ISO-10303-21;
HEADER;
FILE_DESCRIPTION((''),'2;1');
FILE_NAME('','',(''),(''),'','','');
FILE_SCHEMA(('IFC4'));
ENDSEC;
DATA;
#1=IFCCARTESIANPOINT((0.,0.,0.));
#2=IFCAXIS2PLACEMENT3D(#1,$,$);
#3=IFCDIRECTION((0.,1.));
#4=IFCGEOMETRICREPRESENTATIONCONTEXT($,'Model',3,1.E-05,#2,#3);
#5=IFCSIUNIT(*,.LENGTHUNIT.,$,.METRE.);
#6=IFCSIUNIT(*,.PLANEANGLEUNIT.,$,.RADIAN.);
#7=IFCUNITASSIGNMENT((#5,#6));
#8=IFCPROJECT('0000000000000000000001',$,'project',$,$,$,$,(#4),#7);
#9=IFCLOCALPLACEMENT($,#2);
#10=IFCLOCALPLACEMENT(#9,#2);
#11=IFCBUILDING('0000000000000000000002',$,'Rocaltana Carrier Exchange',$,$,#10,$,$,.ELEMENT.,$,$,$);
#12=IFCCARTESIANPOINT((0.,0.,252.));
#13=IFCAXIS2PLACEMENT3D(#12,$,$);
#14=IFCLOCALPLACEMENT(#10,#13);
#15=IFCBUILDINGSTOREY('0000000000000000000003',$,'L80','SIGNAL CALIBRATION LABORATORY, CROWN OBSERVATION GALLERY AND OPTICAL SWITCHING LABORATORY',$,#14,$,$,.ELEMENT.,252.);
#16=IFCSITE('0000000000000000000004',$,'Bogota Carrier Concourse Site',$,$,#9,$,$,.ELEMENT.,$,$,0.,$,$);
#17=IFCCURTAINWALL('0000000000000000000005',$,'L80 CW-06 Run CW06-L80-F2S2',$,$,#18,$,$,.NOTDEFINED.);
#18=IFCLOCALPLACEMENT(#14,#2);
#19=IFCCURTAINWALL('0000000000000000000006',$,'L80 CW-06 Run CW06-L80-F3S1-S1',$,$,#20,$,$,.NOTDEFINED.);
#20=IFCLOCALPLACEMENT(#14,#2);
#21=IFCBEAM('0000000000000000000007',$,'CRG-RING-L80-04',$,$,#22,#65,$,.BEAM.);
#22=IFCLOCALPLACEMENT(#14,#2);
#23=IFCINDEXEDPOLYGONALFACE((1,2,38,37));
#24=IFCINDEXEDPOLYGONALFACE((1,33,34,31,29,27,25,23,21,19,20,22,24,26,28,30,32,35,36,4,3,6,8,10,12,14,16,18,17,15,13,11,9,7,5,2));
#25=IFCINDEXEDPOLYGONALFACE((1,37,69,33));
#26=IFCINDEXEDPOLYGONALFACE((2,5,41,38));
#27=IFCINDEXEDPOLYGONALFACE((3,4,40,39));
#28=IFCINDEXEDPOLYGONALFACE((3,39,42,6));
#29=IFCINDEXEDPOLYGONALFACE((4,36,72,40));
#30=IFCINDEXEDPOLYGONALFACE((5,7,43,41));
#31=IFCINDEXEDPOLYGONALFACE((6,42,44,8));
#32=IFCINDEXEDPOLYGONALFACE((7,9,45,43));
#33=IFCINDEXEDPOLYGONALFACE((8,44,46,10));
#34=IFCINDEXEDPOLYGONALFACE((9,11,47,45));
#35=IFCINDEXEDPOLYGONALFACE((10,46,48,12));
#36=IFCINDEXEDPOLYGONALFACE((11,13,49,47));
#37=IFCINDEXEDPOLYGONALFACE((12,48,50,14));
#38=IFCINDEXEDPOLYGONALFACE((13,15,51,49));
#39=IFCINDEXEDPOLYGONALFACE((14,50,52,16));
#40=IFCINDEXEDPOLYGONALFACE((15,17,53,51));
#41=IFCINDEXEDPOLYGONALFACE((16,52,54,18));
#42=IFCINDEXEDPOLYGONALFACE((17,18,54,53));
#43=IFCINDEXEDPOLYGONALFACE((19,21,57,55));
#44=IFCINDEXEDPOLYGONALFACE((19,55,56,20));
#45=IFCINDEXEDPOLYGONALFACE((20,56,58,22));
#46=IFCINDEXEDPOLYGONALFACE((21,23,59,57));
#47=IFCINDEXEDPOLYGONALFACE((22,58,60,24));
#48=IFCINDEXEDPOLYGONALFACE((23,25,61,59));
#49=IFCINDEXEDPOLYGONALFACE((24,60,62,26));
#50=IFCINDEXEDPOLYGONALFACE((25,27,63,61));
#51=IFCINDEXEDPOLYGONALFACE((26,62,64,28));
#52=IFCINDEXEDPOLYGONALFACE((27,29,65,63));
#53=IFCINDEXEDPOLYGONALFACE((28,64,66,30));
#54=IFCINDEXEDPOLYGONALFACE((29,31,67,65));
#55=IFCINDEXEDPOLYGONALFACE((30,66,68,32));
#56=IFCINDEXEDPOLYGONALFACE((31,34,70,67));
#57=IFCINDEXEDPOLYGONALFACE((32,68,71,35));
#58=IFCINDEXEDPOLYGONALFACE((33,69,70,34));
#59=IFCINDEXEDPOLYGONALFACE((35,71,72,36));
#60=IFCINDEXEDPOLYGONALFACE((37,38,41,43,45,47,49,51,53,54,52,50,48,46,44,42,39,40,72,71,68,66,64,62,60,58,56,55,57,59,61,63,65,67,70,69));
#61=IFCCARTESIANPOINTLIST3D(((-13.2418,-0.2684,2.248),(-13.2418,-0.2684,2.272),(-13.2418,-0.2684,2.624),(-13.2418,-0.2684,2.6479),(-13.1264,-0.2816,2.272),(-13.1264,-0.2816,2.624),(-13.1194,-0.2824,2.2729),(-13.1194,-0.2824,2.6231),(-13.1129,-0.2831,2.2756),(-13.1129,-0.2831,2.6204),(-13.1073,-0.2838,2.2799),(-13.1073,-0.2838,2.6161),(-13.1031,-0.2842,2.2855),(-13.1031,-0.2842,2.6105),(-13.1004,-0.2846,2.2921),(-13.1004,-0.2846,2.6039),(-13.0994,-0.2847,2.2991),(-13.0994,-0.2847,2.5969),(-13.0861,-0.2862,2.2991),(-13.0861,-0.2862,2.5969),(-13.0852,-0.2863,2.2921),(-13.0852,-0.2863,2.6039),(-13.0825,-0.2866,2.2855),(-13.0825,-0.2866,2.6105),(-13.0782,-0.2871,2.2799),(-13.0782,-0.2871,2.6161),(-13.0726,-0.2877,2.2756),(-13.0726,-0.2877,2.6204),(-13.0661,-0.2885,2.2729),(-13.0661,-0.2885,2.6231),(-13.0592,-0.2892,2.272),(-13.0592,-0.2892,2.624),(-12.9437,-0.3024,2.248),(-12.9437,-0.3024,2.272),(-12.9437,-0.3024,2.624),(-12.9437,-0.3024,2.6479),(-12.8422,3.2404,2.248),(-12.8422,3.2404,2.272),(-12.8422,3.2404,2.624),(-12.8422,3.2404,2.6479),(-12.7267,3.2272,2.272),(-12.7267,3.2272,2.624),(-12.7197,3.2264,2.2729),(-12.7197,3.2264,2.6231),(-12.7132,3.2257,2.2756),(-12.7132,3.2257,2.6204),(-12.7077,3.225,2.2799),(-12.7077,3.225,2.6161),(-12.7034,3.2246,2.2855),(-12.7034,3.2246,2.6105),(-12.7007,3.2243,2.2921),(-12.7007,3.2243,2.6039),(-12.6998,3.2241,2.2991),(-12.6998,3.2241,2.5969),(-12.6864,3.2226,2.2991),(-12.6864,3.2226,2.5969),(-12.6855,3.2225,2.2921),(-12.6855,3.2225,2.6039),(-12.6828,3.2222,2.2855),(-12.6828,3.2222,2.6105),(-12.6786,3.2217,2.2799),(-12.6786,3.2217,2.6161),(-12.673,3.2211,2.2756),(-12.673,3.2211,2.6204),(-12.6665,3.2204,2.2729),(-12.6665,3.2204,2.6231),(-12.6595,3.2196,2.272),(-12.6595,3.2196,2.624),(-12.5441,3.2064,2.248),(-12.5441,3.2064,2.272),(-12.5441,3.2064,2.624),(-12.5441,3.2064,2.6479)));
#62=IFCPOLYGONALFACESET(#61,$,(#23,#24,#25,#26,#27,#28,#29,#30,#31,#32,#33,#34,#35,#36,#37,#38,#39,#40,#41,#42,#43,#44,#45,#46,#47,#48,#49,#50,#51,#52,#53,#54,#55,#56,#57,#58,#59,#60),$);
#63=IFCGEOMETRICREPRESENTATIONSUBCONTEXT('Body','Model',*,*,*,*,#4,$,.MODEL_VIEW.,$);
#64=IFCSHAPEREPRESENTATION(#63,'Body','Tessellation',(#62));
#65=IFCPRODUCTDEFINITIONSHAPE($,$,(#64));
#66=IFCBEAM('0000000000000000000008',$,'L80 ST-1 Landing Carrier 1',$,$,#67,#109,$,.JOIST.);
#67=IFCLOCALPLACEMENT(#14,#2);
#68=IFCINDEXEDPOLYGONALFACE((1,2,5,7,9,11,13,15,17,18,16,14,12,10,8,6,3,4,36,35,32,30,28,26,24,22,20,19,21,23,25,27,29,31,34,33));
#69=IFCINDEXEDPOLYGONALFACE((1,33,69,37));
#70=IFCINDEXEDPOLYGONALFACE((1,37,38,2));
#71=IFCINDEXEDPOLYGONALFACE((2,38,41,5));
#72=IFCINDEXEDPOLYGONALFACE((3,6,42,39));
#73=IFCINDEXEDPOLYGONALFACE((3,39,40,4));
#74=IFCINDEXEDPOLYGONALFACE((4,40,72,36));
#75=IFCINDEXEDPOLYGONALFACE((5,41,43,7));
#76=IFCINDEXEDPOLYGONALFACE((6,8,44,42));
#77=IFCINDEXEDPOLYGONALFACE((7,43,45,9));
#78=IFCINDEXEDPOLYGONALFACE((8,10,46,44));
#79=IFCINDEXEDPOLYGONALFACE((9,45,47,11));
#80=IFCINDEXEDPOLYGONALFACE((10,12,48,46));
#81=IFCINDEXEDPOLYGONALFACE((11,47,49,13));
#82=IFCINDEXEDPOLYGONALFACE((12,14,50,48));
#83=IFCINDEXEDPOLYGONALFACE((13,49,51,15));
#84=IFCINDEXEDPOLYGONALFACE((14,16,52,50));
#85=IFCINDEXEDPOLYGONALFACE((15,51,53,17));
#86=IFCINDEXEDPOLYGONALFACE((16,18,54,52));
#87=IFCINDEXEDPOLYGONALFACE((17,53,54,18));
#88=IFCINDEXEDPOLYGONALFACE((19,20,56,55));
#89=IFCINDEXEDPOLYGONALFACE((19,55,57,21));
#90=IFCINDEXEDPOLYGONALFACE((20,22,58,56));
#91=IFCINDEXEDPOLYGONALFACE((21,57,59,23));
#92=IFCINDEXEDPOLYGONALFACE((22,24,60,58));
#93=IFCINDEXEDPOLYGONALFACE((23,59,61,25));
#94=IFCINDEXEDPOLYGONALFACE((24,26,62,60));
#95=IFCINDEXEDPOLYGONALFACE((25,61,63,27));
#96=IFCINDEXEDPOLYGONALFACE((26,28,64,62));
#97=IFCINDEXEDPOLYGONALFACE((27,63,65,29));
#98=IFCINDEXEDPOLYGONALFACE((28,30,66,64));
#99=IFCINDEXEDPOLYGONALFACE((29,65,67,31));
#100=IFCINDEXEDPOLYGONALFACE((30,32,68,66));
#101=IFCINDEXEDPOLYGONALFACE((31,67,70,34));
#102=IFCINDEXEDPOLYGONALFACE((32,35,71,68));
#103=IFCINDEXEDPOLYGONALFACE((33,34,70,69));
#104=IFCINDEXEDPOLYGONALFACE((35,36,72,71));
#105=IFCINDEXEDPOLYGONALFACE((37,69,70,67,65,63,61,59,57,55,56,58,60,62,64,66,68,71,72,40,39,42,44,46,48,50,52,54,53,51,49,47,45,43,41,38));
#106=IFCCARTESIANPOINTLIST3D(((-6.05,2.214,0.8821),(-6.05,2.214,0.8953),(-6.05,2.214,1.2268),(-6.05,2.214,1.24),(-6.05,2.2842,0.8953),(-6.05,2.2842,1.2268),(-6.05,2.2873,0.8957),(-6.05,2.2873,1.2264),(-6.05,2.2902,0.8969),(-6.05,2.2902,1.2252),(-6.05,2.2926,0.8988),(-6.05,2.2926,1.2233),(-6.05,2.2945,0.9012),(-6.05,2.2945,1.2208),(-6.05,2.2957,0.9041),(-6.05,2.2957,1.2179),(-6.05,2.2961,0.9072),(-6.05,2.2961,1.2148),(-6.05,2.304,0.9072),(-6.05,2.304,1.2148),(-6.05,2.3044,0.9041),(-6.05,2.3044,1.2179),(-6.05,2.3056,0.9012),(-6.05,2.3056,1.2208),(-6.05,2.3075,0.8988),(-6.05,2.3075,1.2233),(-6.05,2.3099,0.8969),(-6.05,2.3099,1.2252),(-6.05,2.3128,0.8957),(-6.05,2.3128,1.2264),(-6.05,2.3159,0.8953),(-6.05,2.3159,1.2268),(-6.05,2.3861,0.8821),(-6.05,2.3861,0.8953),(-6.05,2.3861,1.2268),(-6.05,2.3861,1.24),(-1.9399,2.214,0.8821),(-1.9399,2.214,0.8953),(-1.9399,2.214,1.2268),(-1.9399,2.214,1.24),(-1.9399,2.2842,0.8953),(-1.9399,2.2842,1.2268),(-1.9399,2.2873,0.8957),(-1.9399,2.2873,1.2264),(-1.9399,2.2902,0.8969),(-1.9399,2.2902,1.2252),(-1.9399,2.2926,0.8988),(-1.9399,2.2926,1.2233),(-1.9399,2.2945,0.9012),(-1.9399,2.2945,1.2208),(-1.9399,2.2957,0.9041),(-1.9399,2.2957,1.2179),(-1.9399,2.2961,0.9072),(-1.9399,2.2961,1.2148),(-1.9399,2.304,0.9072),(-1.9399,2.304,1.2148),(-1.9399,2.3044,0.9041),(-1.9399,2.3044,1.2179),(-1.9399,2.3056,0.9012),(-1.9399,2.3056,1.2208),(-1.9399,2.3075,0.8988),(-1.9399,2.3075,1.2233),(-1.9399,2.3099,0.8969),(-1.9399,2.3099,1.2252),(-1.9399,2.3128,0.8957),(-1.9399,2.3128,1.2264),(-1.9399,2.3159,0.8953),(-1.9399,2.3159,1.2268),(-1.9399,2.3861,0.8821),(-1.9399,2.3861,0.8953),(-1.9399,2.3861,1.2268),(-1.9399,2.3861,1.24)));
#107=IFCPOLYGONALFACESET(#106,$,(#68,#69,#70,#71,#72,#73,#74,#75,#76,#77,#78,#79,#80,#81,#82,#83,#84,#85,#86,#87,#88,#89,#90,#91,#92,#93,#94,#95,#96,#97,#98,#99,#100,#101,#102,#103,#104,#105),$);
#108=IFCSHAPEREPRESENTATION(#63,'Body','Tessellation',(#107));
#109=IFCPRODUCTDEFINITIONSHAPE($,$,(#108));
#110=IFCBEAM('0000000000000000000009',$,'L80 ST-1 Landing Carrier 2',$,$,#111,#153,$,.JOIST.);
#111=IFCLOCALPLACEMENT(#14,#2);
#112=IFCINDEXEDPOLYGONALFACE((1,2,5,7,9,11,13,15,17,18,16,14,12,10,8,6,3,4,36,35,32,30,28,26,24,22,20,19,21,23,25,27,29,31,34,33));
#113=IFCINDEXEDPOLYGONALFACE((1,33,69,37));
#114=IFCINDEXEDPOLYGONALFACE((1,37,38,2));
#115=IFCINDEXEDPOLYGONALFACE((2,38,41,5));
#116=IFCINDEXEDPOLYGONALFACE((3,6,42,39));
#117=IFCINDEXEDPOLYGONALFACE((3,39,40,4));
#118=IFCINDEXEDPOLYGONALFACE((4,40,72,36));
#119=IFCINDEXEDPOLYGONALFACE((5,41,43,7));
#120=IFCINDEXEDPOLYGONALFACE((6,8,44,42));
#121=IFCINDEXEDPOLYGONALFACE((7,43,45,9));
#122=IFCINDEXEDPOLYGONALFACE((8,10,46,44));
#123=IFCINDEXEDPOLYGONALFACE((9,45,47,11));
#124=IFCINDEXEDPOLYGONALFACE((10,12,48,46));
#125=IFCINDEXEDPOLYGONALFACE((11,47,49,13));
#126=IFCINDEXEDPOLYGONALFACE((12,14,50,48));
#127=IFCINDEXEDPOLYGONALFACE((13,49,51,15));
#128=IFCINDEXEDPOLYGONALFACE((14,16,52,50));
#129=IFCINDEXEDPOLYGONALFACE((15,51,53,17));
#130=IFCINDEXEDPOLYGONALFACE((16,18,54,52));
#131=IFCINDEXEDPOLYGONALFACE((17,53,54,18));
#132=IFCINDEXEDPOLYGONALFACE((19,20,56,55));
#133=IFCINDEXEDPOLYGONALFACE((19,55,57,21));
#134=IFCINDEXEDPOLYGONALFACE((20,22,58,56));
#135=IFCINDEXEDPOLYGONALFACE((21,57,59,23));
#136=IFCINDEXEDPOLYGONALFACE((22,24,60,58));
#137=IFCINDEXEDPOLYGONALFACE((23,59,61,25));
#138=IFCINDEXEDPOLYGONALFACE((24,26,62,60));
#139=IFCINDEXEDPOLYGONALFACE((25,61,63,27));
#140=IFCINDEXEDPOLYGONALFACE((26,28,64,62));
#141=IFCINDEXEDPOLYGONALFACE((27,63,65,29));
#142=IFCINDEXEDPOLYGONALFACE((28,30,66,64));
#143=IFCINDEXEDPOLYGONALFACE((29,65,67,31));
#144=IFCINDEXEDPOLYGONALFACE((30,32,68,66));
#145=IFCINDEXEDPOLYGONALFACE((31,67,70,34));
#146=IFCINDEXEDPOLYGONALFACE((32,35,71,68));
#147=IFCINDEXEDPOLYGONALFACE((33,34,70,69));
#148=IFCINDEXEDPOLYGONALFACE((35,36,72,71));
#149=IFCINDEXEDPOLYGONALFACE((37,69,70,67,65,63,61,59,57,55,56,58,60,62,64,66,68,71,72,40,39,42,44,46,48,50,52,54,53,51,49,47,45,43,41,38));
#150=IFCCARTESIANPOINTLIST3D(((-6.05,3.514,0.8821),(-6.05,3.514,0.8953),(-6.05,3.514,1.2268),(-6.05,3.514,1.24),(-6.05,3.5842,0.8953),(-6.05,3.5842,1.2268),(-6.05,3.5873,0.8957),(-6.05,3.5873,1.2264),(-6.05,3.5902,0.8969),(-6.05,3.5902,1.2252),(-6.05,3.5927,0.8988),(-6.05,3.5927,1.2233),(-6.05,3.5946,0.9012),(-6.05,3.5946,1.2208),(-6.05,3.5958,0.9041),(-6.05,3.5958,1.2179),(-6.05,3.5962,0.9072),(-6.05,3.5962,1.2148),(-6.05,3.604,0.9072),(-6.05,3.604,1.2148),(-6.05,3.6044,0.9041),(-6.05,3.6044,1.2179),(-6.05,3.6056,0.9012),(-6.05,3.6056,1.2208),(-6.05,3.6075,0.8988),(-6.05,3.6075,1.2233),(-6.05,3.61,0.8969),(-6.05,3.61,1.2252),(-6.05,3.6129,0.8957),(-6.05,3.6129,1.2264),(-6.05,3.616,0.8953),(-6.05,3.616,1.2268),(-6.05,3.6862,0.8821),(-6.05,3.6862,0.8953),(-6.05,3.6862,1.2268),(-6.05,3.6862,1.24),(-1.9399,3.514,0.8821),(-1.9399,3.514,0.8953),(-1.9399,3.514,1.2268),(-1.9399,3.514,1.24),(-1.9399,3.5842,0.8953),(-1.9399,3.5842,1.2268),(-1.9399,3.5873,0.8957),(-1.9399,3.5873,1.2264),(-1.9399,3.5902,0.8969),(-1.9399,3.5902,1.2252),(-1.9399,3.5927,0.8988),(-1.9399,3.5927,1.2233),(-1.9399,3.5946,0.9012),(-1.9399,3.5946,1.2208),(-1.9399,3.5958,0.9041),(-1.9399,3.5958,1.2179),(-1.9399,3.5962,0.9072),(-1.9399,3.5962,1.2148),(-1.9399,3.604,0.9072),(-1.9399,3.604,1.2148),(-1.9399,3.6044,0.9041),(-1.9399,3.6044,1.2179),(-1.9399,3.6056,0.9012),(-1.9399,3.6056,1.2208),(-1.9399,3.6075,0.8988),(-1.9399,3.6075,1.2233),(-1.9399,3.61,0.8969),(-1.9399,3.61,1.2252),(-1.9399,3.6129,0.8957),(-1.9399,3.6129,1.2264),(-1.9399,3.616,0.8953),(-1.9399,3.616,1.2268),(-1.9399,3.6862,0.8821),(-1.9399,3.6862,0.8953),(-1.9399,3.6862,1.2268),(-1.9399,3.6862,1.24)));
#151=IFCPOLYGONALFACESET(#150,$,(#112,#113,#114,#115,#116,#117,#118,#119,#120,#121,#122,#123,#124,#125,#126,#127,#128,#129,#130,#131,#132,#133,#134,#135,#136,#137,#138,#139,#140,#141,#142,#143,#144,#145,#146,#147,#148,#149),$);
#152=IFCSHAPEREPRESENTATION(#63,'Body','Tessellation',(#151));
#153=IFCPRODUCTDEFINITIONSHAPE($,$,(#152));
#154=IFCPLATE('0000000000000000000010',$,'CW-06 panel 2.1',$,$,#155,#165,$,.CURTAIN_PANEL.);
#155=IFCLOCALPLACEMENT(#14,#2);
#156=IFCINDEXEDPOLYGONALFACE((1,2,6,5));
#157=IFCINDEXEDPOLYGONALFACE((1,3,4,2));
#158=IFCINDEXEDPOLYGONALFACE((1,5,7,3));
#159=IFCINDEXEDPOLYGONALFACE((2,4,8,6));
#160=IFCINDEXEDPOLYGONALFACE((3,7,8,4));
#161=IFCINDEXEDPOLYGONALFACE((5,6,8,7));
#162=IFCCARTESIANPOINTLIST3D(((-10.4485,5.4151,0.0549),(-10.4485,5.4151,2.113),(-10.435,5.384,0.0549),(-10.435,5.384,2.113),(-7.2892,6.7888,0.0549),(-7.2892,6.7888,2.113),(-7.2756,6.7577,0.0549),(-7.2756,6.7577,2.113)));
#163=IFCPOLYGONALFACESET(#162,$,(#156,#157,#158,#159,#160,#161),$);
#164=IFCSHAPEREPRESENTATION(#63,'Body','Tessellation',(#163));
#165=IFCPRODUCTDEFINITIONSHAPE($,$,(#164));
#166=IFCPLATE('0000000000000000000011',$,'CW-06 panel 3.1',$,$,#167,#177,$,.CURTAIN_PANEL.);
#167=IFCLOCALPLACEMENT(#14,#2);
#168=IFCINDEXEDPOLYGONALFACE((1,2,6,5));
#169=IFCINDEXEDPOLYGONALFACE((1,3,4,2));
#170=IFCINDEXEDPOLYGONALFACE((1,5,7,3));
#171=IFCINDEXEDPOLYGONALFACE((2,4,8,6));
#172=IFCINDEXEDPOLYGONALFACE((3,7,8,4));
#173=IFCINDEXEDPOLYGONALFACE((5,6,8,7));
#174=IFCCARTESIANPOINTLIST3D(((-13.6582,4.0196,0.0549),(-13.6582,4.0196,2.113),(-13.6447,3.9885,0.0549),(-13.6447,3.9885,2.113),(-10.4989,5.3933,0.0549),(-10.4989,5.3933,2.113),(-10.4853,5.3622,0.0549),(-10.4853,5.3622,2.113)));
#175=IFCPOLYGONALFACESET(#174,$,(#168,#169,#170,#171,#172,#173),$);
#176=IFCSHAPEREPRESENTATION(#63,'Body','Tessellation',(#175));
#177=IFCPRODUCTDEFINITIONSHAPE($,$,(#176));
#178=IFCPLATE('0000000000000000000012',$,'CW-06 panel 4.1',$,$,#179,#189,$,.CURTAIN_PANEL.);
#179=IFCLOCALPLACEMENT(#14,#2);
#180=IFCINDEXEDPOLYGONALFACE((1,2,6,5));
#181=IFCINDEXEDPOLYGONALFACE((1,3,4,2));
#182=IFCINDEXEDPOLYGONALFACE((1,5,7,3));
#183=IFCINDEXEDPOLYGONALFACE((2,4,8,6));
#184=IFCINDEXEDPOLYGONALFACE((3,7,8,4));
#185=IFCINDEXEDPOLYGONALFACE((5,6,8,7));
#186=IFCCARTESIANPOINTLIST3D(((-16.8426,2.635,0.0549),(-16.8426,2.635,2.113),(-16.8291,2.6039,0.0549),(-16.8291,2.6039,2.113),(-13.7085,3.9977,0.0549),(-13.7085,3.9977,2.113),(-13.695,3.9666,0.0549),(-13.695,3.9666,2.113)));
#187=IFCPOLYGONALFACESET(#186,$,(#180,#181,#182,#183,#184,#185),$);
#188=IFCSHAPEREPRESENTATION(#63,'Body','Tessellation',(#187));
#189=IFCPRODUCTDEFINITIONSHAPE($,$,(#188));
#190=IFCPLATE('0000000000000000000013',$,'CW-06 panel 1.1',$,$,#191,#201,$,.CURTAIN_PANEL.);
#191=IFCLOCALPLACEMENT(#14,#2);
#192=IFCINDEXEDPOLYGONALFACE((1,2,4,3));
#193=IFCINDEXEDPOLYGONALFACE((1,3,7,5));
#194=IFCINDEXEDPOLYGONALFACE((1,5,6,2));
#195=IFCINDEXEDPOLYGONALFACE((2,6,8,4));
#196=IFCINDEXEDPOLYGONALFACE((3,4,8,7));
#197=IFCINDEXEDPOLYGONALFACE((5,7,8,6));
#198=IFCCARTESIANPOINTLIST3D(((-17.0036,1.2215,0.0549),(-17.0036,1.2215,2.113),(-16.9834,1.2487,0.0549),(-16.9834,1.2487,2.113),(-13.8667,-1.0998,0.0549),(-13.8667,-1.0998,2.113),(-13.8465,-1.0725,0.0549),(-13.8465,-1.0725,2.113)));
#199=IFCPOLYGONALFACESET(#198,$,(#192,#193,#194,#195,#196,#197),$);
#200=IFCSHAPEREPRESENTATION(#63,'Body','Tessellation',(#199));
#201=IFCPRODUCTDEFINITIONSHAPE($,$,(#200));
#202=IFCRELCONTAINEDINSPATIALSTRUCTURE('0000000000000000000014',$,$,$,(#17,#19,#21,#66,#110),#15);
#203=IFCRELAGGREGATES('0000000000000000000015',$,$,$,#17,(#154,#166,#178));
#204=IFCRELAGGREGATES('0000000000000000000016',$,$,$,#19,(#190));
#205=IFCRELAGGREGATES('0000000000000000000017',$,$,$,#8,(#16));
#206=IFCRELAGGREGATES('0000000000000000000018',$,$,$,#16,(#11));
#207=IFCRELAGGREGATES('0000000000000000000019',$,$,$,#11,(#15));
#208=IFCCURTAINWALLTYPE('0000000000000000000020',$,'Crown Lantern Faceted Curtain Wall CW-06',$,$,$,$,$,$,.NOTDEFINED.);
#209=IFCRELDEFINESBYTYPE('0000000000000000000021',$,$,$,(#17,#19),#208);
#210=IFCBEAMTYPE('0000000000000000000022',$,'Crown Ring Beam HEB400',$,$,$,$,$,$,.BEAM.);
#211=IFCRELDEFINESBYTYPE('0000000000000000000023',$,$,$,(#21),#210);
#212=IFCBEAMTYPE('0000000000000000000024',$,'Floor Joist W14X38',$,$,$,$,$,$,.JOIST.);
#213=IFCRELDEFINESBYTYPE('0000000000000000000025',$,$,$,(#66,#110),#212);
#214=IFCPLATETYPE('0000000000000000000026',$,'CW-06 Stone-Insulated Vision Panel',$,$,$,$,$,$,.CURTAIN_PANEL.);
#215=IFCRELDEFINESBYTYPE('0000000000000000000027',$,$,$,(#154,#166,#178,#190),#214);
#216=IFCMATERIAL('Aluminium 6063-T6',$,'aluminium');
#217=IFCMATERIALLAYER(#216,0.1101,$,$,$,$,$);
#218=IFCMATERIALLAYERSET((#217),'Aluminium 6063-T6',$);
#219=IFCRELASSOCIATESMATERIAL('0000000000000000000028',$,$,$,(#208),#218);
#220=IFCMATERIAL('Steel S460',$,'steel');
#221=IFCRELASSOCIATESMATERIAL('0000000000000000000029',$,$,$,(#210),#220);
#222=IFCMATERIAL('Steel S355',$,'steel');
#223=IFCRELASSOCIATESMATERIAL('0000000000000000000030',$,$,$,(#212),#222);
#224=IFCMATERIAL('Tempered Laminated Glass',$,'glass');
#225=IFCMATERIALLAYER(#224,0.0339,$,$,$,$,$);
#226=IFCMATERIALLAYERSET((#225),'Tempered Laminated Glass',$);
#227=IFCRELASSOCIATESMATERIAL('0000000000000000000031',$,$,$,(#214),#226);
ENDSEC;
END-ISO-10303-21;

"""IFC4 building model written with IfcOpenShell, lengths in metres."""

from ifc_helpers import new_model, si_unit, direction, frame, origin, origin_2d, place, context, subcontext, project, spatial, rectangle, i_section, extrude, material, layer, layer_set, material_profile, profile_set, type_object, element, aggregate, save


model = new_model("IFC4")

# Units and contexts
model_context = context("Model", 3, precision=1e-05, world=origin(), true_north=direction((0.0, 1.0)))
body_context = subcontext(model_context, "Body", "Model", "MODEL_VIEW")
ifc_project = project(units=[si_unit("LENGTHUNIT", "METRE"), si_unit("PLANEANGLEUNIT", "RADIAN")], contexts=[model_context])

# Site, building, storey
site_placement = place(None, origin())
site = spatial("IfcSite", under=ifc_project, at=site_placement, Name="Bogota Carrier Concourse Site", CompositionType="ELEMENT", RefElevation=0.0)
building_placement = place(site_placement, origin())
building = spatial("IfcBuilding", under=site, at=building_placement, Name="Rocaltana Carrier Exchange", CompositionType="ELEMENT")
storey_placement = place(building_placement, frame((0.0, 0.0, 252.0)))
storey = spatial("IfcBuildingStorey", under=building, at=storey_placement, Name="L80", Description="SIGNAL CALIBRATION LABORATORY, CROWN OBSERVATION GALLERY AND OPTICAL SWITCHING LABORATORY", CompositionType="ELEMENT", Elevation=252.0)

# Curtain wall
ifc_material_1 = material(Name="Aluminium 6063-T6", Category="aluminium")
ifc_layer_1 = layer(ifc_material_1, 0.1101)
ifc_layer_set_1 = layer_set([ifc_layer_1], Name="Aluminium 6063-T6")
curtain_wall_type = type_object("IfcCurtainWallType", Name="Crown Lantern Faceted Curtain Wall CW-06", PredefinedType="NOTDEFINED", material=ifc_layer_set_1)
curtain_wall_1_placement = place(storey_placement, origin())
curtain_wall_1 = element("IfcCurtainWall", 1, at=curtain_wall_1_placement, inside=storey, type_object=curtain_wall_type, Name="L80 CW-06 Run CW06-L80-F2S2", PredefinedType="NOTDEFINED")

# Curtain wall
curtain_wall_2_placement = place(storey_placement, origin())
curtain_wall_2 = element("IfcCurtainWall", 2, at=curtain_wall_2_placement, inside=storey, type_object=curtain_wall_type, Name="L80 CW-06 Run CW06-L80-F3S1-S1", PredefinedType="NOTDEFINED")

# Beams
ifc_material_2 = material(Name="Steel S460", Category="steel")
ifc_material_profile_1 = material_profile(ifc_material_2, i_section(OverallWidth=0.3, OverallDepth=0.3999, WebThickness=0.0134, FlangeThickness=0.0239, FilletRadius=0.0271, at=origin_2d()), Name="HEB400")
ifc_profile_set_1 = profile_set([ifc_material_profile_1], Name="Steel S460")
beam_type_1 = type_object("IfcBeamType", Name="Crown Ring Beam HEB400", PredefinedType="BEAM", material=ifc_profile_set_1)
beam_1_placement = place(storey_placement, frame((-12.6931, 3.2234, 2.448), z_axis=(-0.11317, -0.993576, 0.0), x_axis=(0.993576, -0.11317, 0.0)))
element("IfcBeam", 3, at=beam_1_placement, inside=storey, type_object=beam_type_1, Name="CRG-RING-L80-04", PredefinedType="BEAM", context=body_context, shape_type="SweptSolid", body=[
    extrude(i_section(OverallWidth=0.3, OverallDepth=0.3999, WebThickness=0.0134, FlangeThickness=0.0239, FilletRadius=0.0271, at=origin_2d()), origin(), (0.0, 0.0, 1.0), 3.5315),
])
ifc_material_3 = material(Name="Steel S355", Category="steel")
ifc_material_profile_2 = material_profile(ifc_material_3, i_section(OverallWidth=0.1721, OverallDepth=0.3579, WebThickness=0.0078, FlangeThickness=0.0132, FilletRadius=0.012, at=origin_2d()), Name="W14X38")
ifc_profile_set_2 = profile_set([ifc_material_profile_2], Name="Steel S355")
beam_type_2 = type_object("IfcBeamType", Name="Floor Joist W14X38", PredefinedType="JOIST", material=ifc_profile_set_2)
for number, where, z_axis, x_axis, name in (
    (4, (-6.05, 2.3, 1.061), (1.0, 0.0, 0.0), (0.0, 1.0, 0.0), "L80 ST-1 Landing Carrier 1"),
    (5, (-6.05, 3.6001, 1.061), (1.0, 0.0, 0.0), (0.0, 1.0, 0.0), "L80 ST-1 Landing Carrier 2"),
):
    element("IfcBeam", number, at=place(storey_placement, frame(where, z_axis=z_axis, x_axis=x_axis)), inside=storey, type_object=beam_type_2, Name=name, PredefinedType="JOIST", context=body_context, shape_type="SweptSolid", body=[
        extrude(i_section(OverallWidth=0.1721, OverallDepth=0.3579, WebThickness=0.0078, FlangeThickness=0.0132, FilletRadius=0.012, at=origin_2d()), origin(), (0.0, 0.0, 1.0), 4.1101),
    ])

# Plates
ifc_material_4 = material(Name="Tempered Laminated Glass", Category="glass")
ifc_layer_2 = layer(ifc_material_4, 0.0339)
ifc_layer_set_2 = layer_set([ifc_layer_2], Name="Tempered Laminated Glass")
plate_type = type_object("IfcPlateType", Name="CW-06 Stone-Insulated Vision Panel", PredefinedType="CURTAIN_PANEL", material=ifc_layer_set_2)
plate_1_placement = place(storey_placement, frame((-8.8621, 6.0864, 0.0549), z_axis=(0.0, 0.0, 1.0), x_axis=(-0.91706, -0.398748, 0.0)))
plate_1 = element("IfcPlate", 6, at=plate_1_placement, type_object=plate_type, Name="CW-06 panel 2.1", PredefinedType="CURTAIN_PANEL", context=body_context, shape_type="SweptSolid", body=[
    extrude(rectangle(XDim=3.4451, YDim=0.0339, at=origin_2d()), origin(), (0.0, 0.0, 1.0), 2.0581),
])
plate_2_placement = place(storey_placement, frame((-12.0718, 4.6909, 0.0549), z_axis=(0.0, 0.0, 1.0), x_axis=(-0.91706, -0.398748, 0.0)))
plate_2 = element("IfcPlate", 7, at=plate_2_placement, type_object=plate_type, Name="CW-06 panel 3.1", PredefinedType="CURTAIN_PANEL", context=body_context, shape_type="SweptSolid", body=[
    extrude(rectangle(XDim=3.4451, YDim=0.0339, at=origin_2d()), origin(), (0.0, 0.0, 1.0), 2.0581),
])
plate_3_placement = place(storey_placement, frame((-15.2688, 3.3008, 0.0549), z_axis=(0.0, 0.0, 1.0), x_axis=(-0.91706, -0.398748, 0.0)))
plate_3 = element("IfcPlate", 8, at=plate_3_placement, type_object=plate_type, Name="CW-06 panel 4.1", PredefinedType="CURTAIN_PANEL", context=body_context, shape_type="SweptSolid", body=[
    extrude(rectangle(XDim=3.4175, YDim=0.0339, at=origin_2d()), origin(), (0.0, 0.0, 1.0), 2.0581),
])
aggregate(curtain_wall_1, [plate_1, plate_2, plate_3])
plate_4_placement = place(storey_placement, frame((-15.425, 0.0745, 0.0549), z_axis=(0.0, 0.0, 1.0), x_axis=(0.803845, -0.594839, 0.0)))
plate_4 = element("IfcPlate", 9, at=plate_4_placement, type_object=plate_type, Name="CW-06 panel 1.1", PredefinedType="CURTAIN_PANEL", context=body_context, shape_type="SweptSolid", body=[
    extrude(rectangle(XDim=3.9023, YDim=0.0339, at=origin_2d()), origin(), (0.0, 0.0, 1.0), 2.0581),
])
aggregate(curtain_wall_2, [plate_4])

save(model, "model.ifc")
